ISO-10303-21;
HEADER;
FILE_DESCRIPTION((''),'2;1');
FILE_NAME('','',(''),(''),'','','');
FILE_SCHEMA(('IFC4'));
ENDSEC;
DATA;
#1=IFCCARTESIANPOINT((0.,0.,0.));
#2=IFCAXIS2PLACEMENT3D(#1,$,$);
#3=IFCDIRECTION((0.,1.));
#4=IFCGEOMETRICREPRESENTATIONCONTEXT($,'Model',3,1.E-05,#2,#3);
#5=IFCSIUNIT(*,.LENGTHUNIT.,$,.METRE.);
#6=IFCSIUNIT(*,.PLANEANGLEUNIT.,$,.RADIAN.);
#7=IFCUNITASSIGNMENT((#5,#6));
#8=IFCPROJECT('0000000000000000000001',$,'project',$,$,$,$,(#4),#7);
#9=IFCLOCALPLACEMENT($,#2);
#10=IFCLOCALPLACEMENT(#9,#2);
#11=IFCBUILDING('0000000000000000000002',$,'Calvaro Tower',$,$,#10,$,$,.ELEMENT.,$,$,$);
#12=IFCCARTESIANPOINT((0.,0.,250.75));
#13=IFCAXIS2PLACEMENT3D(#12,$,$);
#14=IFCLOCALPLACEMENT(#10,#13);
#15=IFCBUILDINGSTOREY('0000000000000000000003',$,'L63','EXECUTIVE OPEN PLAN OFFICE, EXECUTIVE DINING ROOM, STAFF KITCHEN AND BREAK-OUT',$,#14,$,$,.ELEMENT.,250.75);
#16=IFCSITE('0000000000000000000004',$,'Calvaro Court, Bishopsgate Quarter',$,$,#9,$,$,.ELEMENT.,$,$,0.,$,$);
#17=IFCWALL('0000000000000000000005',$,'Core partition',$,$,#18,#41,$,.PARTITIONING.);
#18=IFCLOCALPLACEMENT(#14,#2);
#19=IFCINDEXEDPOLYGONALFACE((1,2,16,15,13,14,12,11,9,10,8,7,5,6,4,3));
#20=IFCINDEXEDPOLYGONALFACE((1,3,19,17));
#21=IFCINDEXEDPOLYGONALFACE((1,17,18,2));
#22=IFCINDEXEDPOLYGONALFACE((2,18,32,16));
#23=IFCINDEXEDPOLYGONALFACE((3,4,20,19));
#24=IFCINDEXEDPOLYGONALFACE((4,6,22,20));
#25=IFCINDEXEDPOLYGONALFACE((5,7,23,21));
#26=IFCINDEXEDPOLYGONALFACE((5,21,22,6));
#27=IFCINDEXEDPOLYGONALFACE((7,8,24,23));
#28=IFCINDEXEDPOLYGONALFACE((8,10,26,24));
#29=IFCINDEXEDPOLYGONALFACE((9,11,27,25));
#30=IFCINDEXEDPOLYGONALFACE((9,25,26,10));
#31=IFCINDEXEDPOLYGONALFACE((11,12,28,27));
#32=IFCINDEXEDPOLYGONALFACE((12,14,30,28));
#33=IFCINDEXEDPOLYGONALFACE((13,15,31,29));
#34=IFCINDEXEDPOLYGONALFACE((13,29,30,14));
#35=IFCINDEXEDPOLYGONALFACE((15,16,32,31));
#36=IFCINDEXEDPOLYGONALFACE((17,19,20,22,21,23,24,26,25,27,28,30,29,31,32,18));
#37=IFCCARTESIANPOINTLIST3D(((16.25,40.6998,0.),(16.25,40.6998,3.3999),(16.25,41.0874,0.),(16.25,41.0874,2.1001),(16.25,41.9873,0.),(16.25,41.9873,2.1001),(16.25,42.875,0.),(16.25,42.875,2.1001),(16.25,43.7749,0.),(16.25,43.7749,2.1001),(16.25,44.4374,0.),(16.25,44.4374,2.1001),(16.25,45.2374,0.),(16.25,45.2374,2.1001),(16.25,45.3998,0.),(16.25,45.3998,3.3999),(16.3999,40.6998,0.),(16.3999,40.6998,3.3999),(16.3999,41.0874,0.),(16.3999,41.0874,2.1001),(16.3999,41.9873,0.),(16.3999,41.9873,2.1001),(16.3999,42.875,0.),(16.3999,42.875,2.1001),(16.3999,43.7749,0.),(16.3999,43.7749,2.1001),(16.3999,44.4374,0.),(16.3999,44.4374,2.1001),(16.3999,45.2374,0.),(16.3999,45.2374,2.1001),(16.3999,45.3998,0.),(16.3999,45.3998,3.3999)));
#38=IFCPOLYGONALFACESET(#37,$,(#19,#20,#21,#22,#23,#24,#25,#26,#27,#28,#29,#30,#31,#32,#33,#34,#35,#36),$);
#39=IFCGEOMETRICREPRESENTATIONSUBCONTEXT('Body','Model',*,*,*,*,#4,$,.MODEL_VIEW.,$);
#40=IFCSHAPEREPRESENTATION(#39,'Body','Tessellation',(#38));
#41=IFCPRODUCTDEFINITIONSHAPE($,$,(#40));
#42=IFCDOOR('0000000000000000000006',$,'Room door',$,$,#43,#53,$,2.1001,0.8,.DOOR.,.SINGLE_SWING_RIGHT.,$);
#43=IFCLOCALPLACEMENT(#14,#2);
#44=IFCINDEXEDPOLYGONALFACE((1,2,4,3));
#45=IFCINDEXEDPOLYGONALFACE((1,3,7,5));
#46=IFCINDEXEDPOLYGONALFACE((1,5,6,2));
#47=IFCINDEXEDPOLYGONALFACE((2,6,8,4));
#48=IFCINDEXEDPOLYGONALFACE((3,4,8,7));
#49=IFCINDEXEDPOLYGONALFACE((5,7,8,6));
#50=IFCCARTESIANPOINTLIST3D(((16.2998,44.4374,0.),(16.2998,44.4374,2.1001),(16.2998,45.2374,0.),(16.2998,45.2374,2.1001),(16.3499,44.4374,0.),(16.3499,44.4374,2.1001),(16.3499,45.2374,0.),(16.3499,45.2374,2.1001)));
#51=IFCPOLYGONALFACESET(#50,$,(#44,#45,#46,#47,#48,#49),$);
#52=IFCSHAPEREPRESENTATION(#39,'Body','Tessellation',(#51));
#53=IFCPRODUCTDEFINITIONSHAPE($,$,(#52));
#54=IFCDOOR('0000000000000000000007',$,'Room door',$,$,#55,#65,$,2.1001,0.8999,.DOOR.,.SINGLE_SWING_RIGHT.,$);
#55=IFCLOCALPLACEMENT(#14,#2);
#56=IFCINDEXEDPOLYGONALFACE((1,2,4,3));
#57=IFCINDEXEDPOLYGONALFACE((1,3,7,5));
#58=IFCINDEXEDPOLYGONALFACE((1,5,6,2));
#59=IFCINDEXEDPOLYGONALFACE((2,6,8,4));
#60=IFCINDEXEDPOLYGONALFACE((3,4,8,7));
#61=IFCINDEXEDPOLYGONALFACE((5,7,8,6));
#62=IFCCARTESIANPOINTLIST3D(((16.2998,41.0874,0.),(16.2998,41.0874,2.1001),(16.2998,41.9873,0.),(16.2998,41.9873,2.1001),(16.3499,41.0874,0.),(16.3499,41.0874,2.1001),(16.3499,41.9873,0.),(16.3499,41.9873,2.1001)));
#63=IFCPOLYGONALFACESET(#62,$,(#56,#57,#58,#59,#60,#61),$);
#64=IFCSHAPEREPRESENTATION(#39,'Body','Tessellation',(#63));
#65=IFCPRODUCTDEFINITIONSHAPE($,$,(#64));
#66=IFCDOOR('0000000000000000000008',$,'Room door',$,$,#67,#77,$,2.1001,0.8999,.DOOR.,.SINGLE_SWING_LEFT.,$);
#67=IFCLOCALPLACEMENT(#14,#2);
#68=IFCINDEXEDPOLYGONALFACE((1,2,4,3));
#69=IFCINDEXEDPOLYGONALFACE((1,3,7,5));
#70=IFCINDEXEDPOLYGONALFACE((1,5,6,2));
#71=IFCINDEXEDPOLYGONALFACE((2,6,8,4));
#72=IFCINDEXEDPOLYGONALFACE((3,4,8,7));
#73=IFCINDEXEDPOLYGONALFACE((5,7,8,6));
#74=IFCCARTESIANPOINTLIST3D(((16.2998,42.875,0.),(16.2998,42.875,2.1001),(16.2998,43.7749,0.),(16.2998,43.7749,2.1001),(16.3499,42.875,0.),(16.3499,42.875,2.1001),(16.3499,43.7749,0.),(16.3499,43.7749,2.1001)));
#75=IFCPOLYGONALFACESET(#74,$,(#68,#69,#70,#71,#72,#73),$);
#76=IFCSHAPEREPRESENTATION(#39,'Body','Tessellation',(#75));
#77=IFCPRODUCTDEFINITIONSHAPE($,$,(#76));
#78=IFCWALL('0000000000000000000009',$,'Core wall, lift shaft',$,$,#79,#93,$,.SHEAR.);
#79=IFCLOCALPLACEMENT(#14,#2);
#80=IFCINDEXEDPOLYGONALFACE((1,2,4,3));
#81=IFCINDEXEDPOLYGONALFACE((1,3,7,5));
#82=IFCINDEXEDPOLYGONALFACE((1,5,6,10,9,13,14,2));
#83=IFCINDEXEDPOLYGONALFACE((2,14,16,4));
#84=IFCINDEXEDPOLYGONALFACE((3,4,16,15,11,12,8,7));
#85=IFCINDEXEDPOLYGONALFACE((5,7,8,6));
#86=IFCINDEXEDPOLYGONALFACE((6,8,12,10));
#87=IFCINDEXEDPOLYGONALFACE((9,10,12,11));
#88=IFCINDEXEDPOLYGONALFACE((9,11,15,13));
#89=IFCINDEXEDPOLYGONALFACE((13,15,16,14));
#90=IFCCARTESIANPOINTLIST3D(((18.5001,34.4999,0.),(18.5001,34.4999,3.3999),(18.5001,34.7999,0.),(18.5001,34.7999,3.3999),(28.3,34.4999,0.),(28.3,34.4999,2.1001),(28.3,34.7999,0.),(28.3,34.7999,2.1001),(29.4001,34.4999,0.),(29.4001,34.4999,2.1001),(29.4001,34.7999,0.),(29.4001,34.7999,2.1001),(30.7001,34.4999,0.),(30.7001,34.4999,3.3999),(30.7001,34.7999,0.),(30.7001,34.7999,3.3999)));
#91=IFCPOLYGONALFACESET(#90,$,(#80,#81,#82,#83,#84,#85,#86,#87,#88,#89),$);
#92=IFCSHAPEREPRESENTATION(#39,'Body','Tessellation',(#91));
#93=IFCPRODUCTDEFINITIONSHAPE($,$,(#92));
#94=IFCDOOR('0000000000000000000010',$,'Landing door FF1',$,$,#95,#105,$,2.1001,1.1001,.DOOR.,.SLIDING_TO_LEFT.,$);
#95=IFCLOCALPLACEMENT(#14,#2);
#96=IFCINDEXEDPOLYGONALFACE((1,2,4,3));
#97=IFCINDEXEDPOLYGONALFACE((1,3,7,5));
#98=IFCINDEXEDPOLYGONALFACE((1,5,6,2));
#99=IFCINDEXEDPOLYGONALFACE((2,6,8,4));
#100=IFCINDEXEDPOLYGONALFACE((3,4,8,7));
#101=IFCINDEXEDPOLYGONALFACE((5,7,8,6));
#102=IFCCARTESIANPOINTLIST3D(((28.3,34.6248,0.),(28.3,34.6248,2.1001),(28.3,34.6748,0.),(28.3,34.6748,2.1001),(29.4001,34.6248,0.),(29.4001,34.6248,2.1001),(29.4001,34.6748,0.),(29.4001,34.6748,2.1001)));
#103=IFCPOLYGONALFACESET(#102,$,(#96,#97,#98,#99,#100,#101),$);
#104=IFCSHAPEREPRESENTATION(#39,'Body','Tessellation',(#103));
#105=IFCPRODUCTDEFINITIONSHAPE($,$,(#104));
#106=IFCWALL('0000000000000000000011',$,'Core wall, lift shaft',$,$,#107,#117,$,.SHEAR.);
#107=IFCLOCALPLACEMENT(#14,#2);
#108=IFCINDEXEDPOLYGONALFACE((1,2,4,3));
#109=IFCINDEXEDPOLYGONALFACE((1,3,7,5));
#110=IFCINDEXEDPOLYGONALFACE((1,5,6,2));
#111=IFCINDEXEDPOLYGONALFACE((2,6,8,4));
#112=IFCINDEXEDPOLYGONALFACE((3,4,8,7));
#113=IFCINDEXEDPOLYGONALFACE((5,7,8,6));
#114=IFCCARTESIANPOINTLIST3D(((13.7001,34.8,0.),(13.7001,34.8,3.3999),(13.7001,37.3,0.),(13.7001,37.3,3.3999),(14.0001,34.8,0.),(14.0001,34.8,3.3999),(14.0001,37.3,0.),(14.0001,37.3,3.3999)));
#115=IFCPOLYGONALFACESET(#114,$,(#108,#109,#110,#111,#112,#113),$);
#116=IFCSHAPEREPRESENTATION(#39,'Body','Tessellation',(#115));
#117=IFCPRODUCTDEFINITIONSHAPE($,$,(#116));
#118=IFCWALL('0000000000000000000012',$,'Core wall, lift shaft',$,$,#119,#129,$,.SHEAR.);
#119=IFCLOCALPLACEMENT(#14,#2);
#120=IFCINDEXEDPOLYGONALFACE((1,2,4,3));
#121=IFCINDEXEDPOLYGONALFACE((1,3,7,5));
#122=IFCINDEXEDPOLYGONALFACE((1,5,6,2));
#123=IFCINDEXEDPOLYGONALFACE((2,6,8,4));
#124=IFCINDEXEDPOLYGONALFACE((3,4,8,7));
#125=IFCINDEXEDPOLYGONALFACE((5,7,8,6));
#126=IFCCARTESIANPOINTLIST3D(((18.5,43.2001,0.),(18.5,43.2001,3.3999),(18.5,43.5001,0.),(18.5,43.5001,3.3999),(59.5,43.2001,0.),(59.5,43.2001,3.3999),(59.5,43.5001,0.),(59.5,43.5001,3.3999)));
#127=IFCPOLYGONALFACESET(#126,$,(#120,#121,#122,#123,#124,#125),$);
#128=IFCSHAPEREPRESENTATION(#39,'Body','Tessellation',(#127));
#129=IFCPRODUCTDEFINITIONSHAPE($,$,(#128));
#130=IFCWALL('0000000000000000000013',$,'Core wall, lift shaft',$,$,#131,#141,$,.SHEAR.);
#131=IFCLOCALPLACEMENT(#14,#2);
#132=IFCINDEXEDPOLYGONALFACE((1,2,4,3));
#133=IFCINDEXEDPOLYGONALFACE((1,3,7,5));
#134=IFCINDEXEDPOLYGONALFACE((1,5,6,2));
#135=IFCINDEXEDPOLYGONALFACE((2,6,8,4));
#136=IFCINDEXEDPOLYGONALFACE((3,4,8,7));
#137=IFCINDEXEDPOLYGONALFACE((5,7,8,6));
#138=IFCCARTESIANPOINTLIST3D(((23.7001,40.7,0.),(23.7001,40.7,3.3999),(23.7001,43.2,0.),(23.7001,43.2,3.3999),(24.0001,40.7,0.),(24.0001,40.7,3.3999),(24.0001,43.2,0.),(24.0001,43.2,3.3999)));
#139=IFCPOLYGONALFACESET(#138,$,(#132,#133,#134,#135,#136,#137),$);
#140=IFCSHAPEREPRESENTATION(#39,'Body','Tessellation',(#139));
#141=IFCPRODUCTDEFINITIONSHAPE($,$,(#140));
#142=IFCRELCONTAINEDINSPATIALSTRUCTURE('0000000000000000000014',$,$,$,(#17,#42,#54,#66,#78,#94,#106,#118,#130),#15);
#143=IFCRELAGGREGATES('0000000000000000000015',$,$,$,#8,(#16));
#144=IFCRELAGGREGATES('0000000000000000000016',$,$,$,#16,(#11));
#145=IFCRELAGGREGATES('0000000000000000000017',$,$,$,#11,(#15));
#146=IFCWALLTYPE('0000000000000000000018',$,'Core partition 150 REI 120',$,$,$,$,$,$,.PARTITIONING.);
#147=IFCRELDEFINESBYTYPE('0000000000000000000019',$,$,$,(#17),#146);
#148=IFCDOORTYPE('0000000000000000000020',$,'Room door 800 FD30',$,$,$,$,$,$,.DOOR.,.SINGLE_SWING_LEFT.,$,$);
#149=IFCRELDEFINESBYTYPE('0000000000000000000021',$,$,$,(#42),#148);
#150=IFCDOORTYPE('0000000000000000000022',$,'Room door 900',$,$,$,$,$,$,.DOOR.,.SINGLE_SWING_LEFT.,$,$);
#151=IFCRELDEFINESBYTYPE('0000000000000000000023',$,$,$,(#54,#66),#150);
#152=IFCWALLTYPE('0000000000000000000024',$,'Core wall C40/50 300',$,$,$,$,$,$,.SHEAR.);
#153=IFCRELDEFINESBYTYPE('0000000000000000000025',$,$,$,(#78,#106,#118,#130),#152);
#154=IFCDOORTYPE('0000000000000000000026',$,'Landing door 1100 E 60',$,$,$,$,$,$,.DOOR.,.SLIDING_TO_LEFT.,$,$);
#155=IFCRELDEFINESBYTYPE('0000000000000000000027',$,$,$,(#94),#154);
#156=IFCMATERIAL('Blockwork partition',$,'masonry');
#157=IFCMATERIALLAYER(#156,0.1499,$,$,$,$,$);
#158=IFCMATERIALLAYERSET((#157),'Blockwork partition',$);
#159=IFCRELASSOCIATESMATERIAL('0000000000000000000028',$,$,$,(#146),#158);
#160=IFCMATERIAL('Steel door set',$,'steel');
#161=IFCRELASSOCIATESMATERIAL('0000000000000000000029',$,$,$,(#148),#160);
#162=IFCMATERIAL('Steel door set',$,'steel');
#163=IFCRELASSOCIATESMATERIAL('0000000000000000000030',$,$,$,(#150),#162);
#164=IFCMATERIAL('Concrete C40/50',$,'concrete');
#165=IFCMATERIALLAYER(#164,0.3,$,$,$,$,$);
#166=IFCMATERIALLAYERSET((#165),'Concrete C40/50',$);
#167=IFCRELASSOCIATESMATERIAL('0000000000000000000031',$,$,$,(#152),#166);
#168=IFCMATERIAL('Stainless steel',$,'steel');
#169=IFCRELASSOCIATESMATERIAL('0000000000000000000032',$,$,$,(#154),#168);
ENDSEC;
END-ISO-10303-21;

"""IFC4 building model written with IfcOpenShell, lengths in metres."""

from ifc_helpers import new_model, si_unit, direction, frame, frame_2d, origin, place, context, subcontext, project, spatial, rectangle, extrude, material, layer, layer_set, type_object, element, fill, save


model = new_model("IFC4")

# Units and contexts
model_context = context("Model", 3, precision=1e-05, world=origin(), true_north=direction((0.0, 1.0)))
body_context = subcontext(model_context, "Body", "Model", "MODEL_VIEW")
ifc_project = project(units=[si_unit("LENGTHUNIT", "METRE"), si_unit("PLANEANGLEUNIT", "RADIAN")], contexts=[model_context])

# Site, building, storey
site_placement = place(None, origin())
site = spatial("IfcSite", under=ifc_project, at=site_placement, Name="Calvaro Court, Bishopsgate Quarter", CompositionType="ELEMENT", RefElevation=0.0)
building_placement = place(site_placement, origin())
building = spatial("IfcBuilding", under=site, at=building_placement, Name="Calvaro Tower", CompositionType="ELEMENT")
storey_placement = place(building_placement, frame((0.0, 0.0, 250.75)))
storey = spatial("IfcBuildingStorey", under=building, at=storey_placement, Name="L63", Description="EXECUTIVE OPEN PLAN OFFICE, EXECUTIVE DINING ROOM, STAFF KITCHEN AND BREAK-OUT", CompositionType="ELEMENT", Elevation=250.75)

# Wall, openings, doors
ifc_material_1 = material(Name="Blockwork partition", Category="masonry")
ifc_layer_1 = layer(ifc_material_1, 0.1499)
ifc_layer_set_1 = layer_set([ifc_layer_1], Name="Blockwork partition")
wall_type_1 = type_object("IfcWallType", Name="Core partition 150 REI 120", PredefinedType="PARTITIONING", material=ifc_layer_set_1)
wall_1_placement = place(storey_placement, frame((16.325, 45.3999, 0.0), z_axis=(0.0, 0.0, 1.0), x_axis=(0.0, -1.0, 0.0)))
wall_1 = element("IfcWall", 1, at=wall_1_placement, inside=storey, type_object=wall_type_1, Name="Core partition", PredefinedType="PARTITIONING", context=body_context, shape_type="SweptSolid", body=[
    extrude(rectangle(XDim=4.7, YDim=0.1499, at=frame_2d((2.3501, 0.0))), origin(), (0.0, 0.0, 1.0), 3.3999),
])
opening_1_placement = place(wall_1_placement, frame((3.4126, 0.0, 0.0)))
opening_1 = element("IfcOpeningElement", 2, at=opening_1_placement, cuts=wall_1, PredefinedType="OPENING", context=body_context, shape_type="SweptSolid", body=[
    extrude(rectangle(XDim=0.8999, YDim=2.1001, at=frame_2d((0.45, 1.05))), frame((0.0, 0.085, 0.0), z_axis=(0.0, -1.0, 0.0), x_axis=(1.0, 0.0, 0.0)), (0.0, 0.0, 1.0), 0.1699),
])
opening_2_placement = place(wall_1_placement, frame((1.625, 0.0, 0.0)))
opening_2 = element("IfcOpeningElement", 3, at=opening_2_placement, cuts=wall_1, PredefinedType="OPENING", context=body_context, shape_type="SweptSolid", body=[
    extrude(rectangle(XDim=0.8999, YDim=2.1001, at=frame_2d((0.45, 1.05))), frame((0.0, 0.085, 0.0), z_axis=(0.0, -1.0, 0.0), x_axis=(1.0, 0.0, 0.0)), (0.0, 0.0, 1.0), 0.1699),
])
opening_3_placement = place(wall_1_placement, frame((0.1626, 0.0, 0.0)))
opening_3 = element("IfcOpeningElement", 4, at=opening_3_placement, cuts=wall_1, PredefinedType="OPENING", context=body_context, shape_type="SweptSolid", body=[
    extrude(rectangle(XDim=0.8, YDim=2.1001, at=frame_2d((0.3999, 1.05))), frame((0.0, 0.085, 0.0), z_axis=(0.0, -1.0, 0.0), x_axis=(1.0, 0.0, 0.0)), (0.0, 0.0, 1.0), 0.1699),
])
ifc_material_2 = material(Name="Steel door set", Category="steel")
door_type_1 = type_object("IfcDoorType", Name="Room door 800 FD30", OperationType="SINGLE_SWING_LEFT", PredefinedType="DOOR", material=ifc_material_2)
door_1_placement = place(opening_3_placement, origin())
door_1 = element("IfcDoor", 5, at=door_1_placement, inside=storey, type_object=door_type_1, Name="Room door", OperationType="SINGLE_SWING_RIGHT", OverallHeight=2.1001, OverallWidth=0.8, PredefinedType="DOOR", context=body_context, shape_type="SweptSolid", body=[
    extrude(rectangle(XDim=0.8, YDim=2.1001, at=frame_2d((0.3999, 1.05))), frame((0.0, 0.0249, 0.0), z_axis=(0.0, -1.0, 0.0), x_axis=(1.0, 0.0, 0.0)), (0.0, 0.0, 1.0), 0.05),
])
fill(opening_3, door_1)
ifc_material_3 = material(Name="Steel door set", Category="steel")
door_type_2 = type_object("IfcDoorType", Name="Room door 900", OperationType="SINGLE_SWING_LEFT", PredefinedType="DOOR", material=ifc_material_3)
door_2_placement = place(opening_1_placement, origin())
door_2 = element("IfcDoor", 6, at=door_2_placement, inside=storey, type_object=door_type_2, Name="Room door", OperationType="SINGLE_SWING_RIGHT", OverallHeight=2.1001, OverallWidth=0.8999, PredefinedType="DOOR", context=body_context, shape_type="SweptSolid", body=[
    extrude(rectangle(XDim=0.8999, YDim=2.1001, at=frame_2d((0.45, 1.05))), frame((0.0, 0.0249, 0.0), z_axis=(0.0, -1.0, 0.0), x_axis=(1.0, 0.0, 0.0)), (0.0, 0.0, 1.0), 0.05),
])
fill(opening_1, door_2)
door_3_placement = place(opening_2_placement, origin())
door_3 = element("IfcDoor", 7, at=door_3_placement, inside=storey, type_object=door_type_2, Name="Room door", OperationType="SINGLE_SWING_LEFT", OverallHeight=2.1001, OverallWidth=0.8999, PredefinedType="DOOR", context=body_context, shape_type="SweptSolid", body=[
    extrude(rectangle(XDim=0.8999, YDim=2.1001, at=frame_2d((0.45, 1.05))), frame((0.0, 0.0249, 0.0), z_axis=(0.0, -1.0, 0.0), x_axis=(1.0, 0.0, 0.0)), (0.0, 0.0, 1.0), 0.05),
])
fill(opening_2, door_3)

# Wall, opening, door
ifc_material_4 = material(Name="Concrete C40/50", Category="concrete")
ifc_layer_2 = layer(ifc_material_4, 0.3)
ifc_layer_set_2 = layer_set([ifc_layer_2], Name="Concrete C40/50")
wall_type_2 = type_object("IfcWallType", Name="Core wall C40/50 300", PredefinedType="SHEAR", material=ifc_layer_set_2)
wall_2_placement = place(storey_placement, frame((18.5, 34.6499, 0.0), z_axis=(0.0, 0.0, 1.0), x_axis=(1.0, 0.0, 0.0)))
wall_2 = element("IfcWall", 8, at=wall_2_placement, inside=storey, type_object=wall_type_2, Name="Core wall, lift shaft", PredefinedType="SHEAR", context=body_context, shape_type="SweptSolid", body=[
    extrude(rectangle(XDim=12.2, YDim=0.3, at=frame_2d((6.1001, 0.0))), origin(), (0.0, 0.0, 1.0), 3.3999),
])
opening_4_placement = place(wall_2_placement, frame((9.8, 0.0, 0.0)))
opening_4 = element("IfcOpeningElement", 9, at=opening_4_placement, cuts=wall_2, PredefinedType="OPENING", context=body_context, shape_type="SweptSolid", body=[
    extrude(rectangle(XDim=1.1001, YDim=2.1001, at=frame_2d((0.55, 1.05))), frame((0.0, 0.1599, 0.0), z_axis=(0.0, -1.0, 0.0), x_axis=(1.0, 0.0, 0.0)), (0.0, 0.0, 1.0), 0.3201),
])
ifc_material_5 = material(Name="Stainless steel", Category="steel")
door_type_3 = type_object("IfcDoorType", Name="Landing door 1100 E 60", OperationType="SLIDING_TO_LEFT", PredefinedType="DOOR", material=ifc_material_5)
door_4_placement = place(opening_4_placement, origin())
door_4 = element("IfcDoor", 10, at=door_4_placement, inside=storey, type_object=door_type_3, Name="Landing door FF1", OperationType="SLIDING_TO_LEFT", OverallHeight=2.1001, OverallWidth=1.1001, PredefinedType="DOOR", context=body_context, shape_type="SweptSolid", body=[
    extrude(rectangle(XDim=1.1001, YDim=2.1001, at=frame_2d((0.55, 1.05))), frame((0.0, 0.0249, 0.0), z_axis=(0.0, -1.0, 0.0), x_axis=(1.0, 0.0, 0.0)), (0.0, 0.0, 1.0), 0.05),
])
fill(opening_4, door_4)

# Wall
wall_3_placement = place(storey_placement, frame((13.8501, 34.8, 0.0), z_axis=(0.0, 0.0, 1.0), x_axis=(0.0, 1.0, 0.0)))
element("IfcWall", 11, at=wall_3_placement, inside=storey, type_object=wall_type_2, Name="Core wall, lift shaft", PredefinedType="SHEAR", context=body_context, shape_type="SweptSolid", body=[
    extrude(rectangle(XDim=2.5, YDim=0.3, at=frame_2d((1.25, 0.0))), origin(), (0.0, 0.0, 1.0), 3.3999),
])

# Walls
wall_4_placement = place(storey_placement, frame((18.5, 43.3501, 0.0), z_axis=(0.0, 0.0, 1.0), x_axis=(1.0, 0.0, 0.0)))
element("IfcWall", 12, at=wall_4_placement, inside=storey, type_object=wall_type_2, Name="Core wall, lift shaft", PredefinedType="SHEAR", context=body_context, shape_type="SweptSolid", body=[
    extrude(rectangle(XDim=41.0, YDim=0.3, at=frame_2d((20.5, 0.0))), origin(), (0.0, 0.0, 1.0), 3.3999),
])
wall_5_placement = place(storey_placement, frame((23.8501, 40.7, 0.0), z_axis=(0.0, 0.0, 1.0), x_axis=(0.0, 1.0, 0.0)))
element("IfcWall", 13, at=wall_5_placement, inside=storey, type_object=wall_type_2, Name="Core wall, lift shaft", PredefinedType="SHEAR", context=body_context, shape_type="SweptSolid", body=[
    extrude(rectangle(XDim=2.5, YDim=0.3, at=frame_2d((1.25, 0.0))), origin(), (0.0, 0.0, 1.0), 3.3999),
])

save(model, "model.ifc")
